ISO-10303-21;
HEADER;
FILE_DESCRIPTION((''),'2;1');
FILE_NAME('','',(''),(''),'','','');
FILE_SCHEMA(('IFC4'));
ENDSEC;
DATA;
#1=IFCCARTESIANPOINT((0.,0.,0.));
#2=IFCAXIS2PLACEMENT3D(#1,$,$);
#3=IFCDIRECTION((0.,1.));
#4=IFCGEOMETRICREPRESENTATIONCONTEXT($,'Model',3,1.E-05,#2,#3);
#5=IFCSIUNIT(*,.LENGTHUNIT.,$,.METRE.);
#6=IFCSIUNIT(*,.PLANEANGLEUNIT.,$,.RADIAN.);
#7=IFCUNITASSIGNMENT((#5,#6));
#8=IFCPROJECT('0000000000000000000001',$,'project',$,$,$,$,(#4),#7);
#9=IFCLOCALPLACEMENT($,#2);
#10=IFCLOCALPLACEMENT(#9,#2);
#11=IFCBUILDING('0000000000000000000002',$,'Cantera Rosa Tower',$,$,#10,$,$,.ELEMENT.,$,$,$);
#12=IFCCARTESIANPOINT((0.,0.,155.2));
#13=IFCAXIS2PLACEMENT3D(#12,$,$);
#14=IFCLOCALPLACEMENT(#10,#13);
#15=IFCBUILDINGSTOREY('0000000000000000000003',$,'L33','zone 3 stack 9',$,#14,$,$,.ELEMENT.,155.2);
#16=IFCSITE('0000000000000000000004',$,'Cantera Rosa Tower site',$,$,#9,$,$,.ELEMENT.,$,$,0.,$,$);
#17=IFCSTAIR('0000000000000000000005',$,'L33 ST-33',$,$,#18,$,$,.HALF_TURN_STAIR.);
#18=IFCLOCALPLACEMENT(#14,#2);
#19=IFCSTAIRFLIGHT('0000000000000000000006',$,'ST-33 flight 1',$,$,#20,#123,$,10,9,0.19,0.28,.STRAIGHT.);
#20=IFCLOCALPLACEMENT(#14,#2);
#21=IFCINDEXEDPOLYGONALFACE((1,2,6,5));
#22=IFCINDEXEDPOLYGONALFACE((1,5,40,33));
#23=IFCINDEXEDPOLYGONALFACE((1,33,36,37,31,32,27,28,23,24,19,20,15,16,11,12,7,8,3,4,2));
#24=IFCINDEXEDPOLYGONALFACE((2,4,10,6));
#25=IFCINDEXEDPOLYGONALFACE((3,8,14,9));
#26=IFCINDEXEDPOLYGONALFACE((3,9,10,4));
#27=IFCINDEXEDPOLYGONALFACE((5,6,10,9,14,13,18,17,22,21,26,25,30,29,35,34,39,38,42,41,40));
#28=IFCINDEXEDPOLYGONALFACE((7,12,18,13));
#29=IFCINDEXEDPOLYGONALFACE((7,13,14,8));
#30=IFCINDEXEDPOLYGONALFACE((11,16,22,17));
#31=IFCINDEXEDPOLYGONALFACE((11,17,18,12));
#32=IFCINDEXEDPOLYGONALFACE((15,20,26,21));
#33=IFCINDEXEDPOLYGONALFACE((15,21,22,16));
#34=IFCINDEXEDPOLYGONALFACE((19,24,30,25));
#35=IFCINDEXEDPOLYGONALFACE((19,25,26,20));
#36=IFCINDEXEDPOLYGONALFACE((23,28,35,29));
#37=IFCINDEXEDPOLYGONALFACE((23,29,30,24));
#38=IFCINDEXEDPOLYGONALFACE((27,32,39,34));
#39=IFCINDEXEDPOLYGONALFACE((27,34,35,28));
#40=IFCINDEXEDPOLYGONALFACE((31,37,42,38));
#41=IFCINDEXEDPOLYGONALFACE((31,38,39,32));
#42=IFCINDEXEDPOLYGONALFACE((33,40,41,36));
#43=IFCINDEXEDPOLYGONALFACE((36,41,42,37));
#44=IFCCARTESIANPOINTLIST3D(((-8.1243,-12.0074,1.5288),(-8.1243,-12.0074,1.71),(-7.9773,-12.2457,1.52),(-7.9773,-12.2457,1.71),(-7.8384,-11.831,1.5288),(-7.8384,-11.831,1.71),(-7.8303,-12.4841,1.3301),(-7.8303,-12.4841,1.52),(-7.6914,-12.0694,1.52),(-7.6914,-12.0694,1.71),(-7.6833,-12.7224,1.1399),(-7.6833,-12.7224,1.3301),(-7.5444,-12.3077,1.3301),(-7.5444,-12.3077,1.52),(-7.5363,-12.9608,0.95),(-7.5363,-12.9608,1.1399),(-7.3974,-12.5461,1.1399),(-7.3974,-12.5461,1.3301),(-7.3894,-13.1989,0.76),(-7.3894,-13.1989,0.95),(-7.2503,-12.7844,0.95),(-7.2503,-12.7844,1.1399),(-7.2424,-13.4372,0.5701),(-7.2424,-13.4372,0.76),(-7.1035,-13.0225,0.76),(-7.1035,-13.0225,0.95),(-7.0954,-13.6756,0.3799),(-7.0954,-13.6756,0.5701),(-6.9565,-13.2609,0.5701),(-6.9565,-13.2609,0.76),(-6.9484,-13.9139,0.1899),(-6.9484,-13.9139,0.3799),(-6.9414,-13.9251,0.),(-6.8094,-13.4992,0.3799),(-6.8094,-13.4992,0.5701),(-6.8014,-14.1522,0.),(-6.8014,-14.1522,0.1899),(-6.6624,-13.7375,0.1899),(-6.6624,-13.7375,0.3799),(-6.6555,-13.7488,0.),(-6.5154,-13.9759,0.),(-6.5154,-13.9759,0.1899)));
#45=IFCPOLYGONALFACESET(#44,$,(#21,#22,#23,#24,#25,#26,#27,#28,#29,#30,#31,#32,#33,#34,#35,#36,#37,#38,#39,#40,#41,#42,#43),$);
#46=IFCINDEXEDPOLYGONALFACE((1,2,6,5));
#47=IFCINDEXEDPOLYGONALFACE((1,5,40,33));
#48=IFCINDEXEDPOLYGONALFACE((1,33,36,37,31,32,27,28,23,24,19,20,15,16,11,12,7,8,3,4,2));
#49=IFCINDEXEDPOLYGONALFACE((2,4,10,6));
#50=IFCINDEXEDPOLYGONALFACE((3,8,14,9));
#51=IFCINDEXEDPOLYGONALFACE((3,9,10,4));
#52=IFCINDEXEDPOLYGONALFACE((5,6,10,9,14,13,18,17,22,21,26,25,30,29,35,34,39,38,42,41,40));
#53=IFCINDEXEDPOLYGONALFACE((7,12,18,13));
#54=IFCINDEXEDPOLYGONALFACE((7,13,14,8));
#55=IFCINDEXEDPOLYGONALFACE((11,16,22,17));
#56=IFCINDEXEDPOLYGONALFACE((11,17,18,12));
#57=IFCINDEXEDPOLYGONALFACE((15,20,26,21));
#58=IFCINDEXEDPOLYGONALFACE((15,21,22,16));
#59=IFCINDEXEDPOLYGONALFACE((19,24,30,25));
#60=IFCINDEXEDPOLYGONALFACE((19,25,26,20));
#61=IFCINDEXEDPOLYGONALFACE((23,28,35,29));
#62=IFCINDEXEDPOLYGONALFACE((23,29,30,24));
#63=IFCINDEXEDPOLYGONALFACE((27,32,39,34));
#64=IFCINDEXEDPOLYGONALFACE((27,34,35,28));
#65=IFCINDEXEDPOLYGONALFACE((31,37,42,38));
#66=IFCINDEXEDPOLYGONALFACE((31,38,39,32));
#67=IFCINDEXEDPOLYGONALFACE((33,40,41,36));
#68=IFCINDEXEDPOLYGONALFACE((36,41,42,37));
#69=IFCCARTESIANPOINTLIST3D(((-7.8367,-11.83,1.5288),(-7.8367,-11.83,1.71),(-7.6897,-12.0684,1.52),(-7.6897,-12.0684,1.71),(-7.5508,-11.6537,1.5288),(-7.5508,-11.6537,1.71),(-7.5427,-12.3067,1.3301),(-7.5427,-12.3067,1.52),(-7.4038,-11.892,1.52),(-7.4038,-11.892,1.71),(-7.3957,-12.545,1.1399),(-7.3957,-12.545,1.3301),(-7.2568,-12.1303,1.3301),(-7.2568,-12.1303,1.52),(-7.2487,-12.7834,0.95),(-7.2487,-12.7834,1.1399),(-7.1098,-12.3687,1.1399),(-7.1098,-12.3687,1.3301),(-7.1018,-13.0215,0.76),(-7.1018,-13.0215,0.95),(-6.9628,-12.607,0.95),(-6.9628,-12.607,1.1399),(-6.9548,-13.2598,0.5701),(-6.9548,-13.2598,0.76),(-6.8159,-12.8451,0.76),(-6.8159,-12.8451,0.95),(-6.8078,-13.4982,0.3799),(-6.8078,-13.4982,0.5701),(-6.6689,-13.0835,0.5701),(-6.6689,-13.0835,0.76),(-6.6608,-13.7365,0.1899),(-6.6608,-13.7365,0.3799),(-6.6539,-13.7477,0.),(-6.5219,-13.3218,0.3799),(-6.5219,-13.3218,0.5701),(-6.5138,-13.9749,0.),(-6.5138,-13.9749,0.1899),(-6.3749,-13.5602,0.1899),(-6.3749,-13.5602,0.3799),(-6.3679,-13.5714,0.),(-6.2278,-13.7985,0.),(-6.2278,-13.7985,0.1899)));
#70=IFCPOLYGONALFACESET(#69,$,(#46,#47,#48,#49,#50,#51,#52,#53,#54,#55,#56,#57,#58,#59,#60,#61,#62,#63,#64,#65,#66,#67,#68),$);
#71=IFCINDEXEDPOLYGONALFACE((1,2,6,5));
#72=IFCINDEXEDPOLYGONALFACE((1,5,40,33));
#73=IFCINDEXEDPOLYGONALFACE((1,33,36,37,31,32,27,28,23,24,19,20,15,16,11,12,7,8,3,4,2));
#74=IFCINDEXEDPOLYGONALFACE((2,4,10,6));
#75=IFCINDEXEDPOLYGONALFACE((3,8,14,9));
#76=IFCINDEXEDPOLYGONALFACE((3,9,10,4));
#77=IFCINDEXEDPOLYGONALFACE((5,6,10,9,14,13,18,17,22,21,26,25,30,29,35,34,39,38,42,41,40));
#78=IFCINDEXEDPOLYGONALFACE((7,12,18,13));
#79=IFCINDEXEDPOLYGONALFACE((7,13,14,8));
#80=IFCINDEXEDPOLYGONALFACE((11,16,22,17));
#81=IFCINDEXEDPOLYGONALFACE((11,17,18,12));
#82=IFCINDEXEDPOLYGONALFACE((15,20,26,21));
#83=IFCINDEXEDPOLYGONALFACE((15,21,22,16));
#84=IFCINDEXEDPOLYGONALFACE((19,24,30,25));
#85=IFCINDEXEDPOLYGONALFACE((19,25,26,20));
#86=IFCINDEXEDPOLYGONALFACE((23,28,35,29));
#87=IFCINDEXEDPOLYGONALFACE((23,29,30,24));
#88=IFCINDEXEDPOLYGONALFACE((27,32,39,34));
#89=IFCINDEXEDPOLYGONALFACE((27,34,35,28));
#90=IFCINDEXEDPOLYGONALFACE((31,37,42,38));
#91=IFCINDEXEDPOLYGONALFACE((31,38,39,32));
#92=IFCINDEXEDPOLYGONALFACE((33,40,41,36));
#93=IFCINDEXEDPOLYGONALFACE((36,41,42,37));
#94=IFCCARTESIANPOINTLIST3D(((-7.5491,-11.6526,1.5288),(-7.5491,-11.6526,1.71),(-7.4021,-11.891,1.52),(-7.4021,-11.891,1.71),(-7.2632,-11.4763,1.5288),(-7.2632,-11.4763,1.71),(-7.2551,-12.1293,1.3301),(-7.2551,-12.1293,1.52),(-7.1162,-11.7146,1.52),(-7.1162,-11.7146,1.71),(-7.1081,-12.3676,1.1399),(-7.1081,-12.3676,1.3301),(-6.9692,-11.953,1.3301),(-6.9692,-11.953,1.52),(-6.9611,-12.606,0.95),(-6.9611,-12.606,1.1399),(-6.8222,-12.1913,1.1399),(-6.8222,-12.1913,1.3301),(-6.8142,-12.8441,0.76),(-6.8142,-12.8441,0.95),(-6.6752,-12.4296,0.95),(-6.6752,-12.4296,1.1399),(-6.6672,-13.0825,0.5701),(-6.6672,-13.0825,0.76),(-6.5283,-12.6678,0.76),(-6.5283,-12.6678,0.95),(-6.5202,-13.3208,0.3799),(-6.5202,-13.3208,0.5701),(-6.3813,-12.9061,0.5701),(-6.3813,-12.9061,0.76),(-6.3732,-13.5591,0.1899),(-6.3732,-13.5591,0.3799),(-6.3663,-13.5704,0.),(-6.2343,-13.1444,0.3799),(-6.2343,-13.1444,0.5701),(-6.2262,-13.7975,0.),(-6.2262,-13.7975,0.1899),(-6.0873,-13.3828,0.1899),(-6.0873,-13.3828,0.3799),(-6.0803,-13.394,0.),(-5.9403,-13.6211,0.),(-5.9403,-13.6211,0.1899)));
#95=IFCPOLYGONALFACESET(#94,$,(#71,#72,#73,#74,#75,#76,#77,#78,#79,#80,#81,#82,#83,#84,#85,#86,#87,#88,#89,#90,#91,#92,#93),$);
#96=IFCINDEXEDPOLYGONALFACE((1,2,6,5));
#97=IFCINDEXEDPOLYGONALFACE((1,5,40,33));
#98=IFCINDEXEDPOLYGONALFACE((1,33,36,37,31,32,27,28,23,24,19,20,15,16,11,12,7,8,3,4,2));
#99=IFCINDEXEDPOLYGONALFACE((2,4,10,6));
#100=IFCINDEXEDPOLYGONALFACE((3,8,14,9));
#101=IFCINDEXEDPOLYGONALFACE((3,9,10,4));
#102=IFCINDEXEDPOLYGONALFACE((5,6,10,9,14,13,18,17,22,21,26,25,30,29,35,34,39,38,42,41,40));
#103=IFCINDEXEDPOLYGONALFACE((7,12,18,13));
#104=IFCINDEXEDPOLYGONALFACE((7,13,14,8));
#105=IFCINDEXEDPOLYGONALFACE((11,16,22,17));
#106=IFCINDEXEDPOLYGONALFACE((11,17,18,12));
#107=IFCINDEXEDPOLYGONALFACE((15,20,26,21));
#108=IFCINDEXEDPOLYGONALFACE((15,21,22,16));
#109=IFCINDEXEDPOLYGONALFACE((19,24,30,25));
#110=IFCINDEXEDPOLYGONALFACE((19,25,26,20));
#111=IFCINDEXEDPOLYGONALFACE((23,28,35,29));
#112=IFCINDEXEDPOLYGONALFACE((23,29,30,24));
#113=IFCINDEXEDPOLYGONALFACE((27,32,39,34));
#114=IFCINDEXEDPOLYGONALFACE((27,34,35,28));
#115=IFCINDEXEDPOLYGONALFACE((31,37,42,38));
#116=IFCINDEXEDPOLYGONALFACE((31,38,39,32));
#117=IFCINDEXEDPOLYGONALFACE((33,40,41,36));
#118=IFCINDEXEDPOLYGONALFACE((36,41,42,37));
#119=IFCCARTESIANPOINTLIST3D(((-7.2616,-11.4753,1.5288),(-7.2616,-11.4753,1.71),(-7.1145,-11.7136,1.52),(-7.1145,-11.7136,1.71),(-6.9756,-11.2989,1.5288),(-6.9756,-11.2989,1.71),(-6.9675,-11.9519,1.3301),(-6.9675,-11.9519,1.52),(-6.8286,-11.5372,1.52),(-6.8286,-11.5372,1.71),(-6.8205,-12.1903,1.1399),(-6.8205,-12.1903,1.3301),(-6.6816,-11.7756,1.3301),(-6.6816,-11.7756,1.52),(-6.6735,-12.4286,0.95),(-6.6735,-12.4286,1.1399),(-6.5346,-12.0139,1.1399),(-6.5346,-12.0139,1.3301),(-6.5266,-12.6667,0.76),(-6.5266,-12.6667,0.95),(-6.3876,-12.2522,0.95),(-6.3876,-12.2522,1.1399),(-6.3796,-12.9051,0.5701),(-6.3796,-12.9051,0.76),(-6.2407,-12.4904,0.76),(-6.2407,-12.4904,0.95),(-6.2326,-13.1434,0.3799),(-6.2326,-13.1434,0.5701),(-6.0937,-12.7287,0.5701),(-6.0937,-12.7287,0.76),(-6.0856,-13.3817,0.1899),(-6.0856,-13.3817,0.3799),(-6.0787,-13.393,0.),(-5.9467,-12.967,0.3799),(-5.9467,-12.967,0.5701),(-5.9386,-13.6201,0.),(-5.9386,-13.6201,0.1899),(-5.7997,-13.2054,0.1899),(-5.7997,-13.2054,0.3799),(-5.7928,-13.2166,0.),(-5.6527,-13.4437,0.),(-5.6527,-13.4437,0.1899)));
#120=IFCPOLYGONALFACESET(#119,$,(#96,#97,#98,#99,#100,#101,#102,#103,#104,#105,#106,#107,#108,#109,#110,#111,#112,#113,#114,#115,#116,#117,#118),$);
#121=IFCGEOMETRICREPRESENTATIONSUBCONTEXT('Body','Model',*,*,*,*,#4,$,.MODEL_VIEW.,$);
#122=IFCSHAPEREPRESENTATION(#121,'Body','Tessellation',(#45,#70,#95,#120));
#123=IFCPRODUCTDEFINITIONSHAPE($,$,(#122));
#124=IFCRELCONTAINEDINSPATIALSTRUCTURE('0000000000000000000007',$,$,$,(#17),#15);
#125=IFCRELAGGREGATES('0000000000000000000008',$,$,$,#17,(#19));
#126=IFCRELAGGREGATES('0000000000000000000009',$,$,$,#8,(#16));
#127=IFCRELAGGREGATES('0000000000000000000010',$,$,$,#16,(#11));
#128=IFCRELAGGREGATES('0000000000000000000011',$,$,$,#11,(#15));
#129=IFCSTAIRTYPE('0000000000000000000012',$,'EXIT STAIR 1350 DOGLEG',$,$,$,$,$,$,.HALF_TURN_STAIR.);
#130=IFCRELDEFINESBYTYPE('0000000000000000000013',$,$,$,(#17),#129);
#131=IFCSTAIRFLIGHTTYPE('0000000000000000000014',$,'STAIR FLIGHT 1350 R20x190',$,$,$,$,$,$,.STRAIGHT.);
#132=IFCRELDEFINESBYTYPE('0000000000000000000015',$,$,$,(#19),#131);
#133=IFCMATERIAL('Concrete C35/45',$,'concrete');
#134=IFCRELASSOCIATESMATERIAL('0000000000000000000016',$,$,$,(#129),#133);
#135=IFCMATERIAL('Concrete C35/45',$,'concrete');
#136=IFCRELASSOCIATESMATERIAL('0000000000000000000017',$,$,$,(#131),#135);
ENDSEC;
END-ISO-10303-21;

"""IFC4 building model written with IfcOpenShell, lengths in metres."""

from ifc_helpers import new_model, si_unit, direction, frame, origin, place, context, subcontext, project, spatial, polyline, outline, extrude, material, type_object, element, aggregate, save


model = new_model("IFC4")

# Units and contexts
model_context = context("Model", 3, precision=1e-05, world=origin(), true_north=direction((0.0, 1.0)))
body_context = subcontext(model_context, "Body", "Model", "MODEL_VIEW")
ifc_project = project(units=[si_unit("LENGTHUNIT", "METRE"), si_unit("PLANEANGLEUNIT", "RADIAN")], contexts=[model_context])

# Site, building, storey
site_placement = place(None, origin())
site = spatial("IfcSite", under=ifc_project, at=site_placement, Name="Cantera Rosa Tower site", CompositionType="ELEMENT", RefElevation=0.0)
building_placement = place(site_placement, origin())
building = spatial("IfcBuilding", under=site, at=building_placement, Name="Cantera Rosa Tower", CompositionType="ELEMENT")
storey_placement = place(building_placement, frame((0.0, 0.0, 155.2)))
storey = spatial("IfcBuildingStorey", under=building, at=storey_placement, Name="L33", Description="zone 3 stack 9", CompositionType="ELEMENT", Elevation=155.2)

# Stair, stair flight
ifc_material_1 = material(Name="Concrete C35/45", Category="concrete")
stair_type = type_object("IfcStairType", Name="EXIT STAIR 1350 DOGLEG", PredefinedType="HALF_TURN_STAIR", material=ifc_material_1)
stair_placement = place(storey_placement, origin())
stair = element("IfcStair", 1, at=stair_placement, inside=storey, type_object=stair_type, Name="L33 ST-33", PredefinedType="HALF_TURN_STAIR")
ifc_material_2 = material(Name="Concrete C35/45", Category="concrete")
stair_flight_type = type_object("IfcStairFlightType", Name="STAIR FLIGHT 1350 R20x190", PredefinedType="STRAIGHT", material=ifc_material_2)
stair_flight_1_placement = place(storey_placement, frame((-6.2268, -13.7979, 0.0), z_axis=(0.0, 0.0, 1.0), x_axis=(-0.524977, 0.851117, 0.0)))
stair_flight_1 = element("IfcStairFlight", 2, at=stair_flight_1_placement, type_object=stair_flight_type, Name="ST-33 flight 1", NumberOfRisers=10, NumberOfTreads=9, PredefinedType="STRAIGHT", RiserHeight=0.19, TreadLength=0.28, context=body_context, shape_type="SweptSolid", body=[
    extrude(outline(polyline([(0.0, 0.0), (0.0, 0.1899), (0.28, 0.1899), (0.28, 0.3799), (0.5601, 0.3799), (0.5601, 0.5701), (0.8401, 0.5701), (0.8401, 0.76), (1.1201, 0.76), (1.1201, 0.95), (1.3999, 0.95), (1.3999, 1.1399), (1.6799, 1.1399), (1.6799, 1.3301), (1.96, 1.3301), (1.96, 1.52), (2.24, 1.52), (2.24, 1.71), (2.52, 1.71), (2.52, 1.8999), (2.52, 1.5288), (0.2668, 0.0), (0.0, 0.0)])), frame((0.0, 0.675, 0.0), z_axis=(0.0, -1.0, 0.0), x_axis=(1.0, 0.0, 0.0)), (0.0, 0.0, 1.0), 0.3359),
    extrude(outline(polyline([(0.0, 0.0), (0.0, 0.1899), (0.28, 0.1899), (0.28, 0.3799), (0.5601, 0.3799), (0.5601, 0.5701), (0.8401, 0.5701), (0.8401, 0.76), (1.1201, 0.76), (1.1201, 0.95), (1.3999, 0.95), (1.3999, 1.1399), (1.6799, 1.1399), (1.6799, 1.3301), (1.96, 1.3301), (1.96, 1.52), (2.24, 1.52), (2.24, 1.71), (2.52, 1.71), (2.52, 1.8999), (2.52, 1.5288), (0.2668, 0.0), (0.0, 0.0)])), frame((0.0, 0.3372, 0.0), z_axis=(0.0, -1.0, 0.0), x_axis=(1.0, 0.0, 0.0)), (0.0, 0.0, 1.0), 0.3359),
    extrude(outline(polyline([(0.0, 0.0), (0.0, 0.1899), (0.28, 0.1899), (0.28, 0.3799), (0.5601, 0.3799), (0.5601, 0.5701), (0.8401, 0.5701), (0.8401, 0.76), (1.1201, 0.76), (1.1201, 0.95), (1.3999, 0.95), (1.3999, 1.1399), (1.6799, 1.1399), (1.6799, 1.3301), (1.96, 1.3301), (1.96, 1.52), (2.24, 1.52), (2.24, 1.71), (2.52, 1.71), (2.52, 1.8999), (2.52, 1.5288), (0.2668, 0.0), (0.0, 0.0)])), frame((0.0, -0.0007, 0.0), z_axis=(0.0, -1.0, 0.0), x_axis=(1.0, 0.0, 0.0)), (0.0, 0.0, 1.0), 0.3359),
    extrude(outline(polyline([(0.0, 0.0), (0.0, 0.1899), (0.28, 0.1899), (0.28, 0.3799), (0.5601, 0.3799), (0.5601, 0.5701), (0.8401, 0.5701), (0.8401, 0.76), (1.1201, 0.76), (1.1201, 0.95), (1.3999, 0.95), (1.3999, 1.1399), (1.6799, 1.1399), (1.6799, 1.3301), (1.96, 1.3301), (1.96, 1.52), (2.24, 1.52), (2.24, 1.71), (2.52, 1.71), (2.52, 1.8999), (2.52, 1.5288), (0.2668, 0.0), (0.0, 0.0)])), frame((0.0, -0.3386, 0.0), z_axis=(0.0, -1.0, 0.0), x_axis=(1.0, 0.0, 0.0)), (0.0, 0.0, 1.0), 0.3359),
])
aggregate(stair, [stair_flight_1])

save(model, "model.ifc")
